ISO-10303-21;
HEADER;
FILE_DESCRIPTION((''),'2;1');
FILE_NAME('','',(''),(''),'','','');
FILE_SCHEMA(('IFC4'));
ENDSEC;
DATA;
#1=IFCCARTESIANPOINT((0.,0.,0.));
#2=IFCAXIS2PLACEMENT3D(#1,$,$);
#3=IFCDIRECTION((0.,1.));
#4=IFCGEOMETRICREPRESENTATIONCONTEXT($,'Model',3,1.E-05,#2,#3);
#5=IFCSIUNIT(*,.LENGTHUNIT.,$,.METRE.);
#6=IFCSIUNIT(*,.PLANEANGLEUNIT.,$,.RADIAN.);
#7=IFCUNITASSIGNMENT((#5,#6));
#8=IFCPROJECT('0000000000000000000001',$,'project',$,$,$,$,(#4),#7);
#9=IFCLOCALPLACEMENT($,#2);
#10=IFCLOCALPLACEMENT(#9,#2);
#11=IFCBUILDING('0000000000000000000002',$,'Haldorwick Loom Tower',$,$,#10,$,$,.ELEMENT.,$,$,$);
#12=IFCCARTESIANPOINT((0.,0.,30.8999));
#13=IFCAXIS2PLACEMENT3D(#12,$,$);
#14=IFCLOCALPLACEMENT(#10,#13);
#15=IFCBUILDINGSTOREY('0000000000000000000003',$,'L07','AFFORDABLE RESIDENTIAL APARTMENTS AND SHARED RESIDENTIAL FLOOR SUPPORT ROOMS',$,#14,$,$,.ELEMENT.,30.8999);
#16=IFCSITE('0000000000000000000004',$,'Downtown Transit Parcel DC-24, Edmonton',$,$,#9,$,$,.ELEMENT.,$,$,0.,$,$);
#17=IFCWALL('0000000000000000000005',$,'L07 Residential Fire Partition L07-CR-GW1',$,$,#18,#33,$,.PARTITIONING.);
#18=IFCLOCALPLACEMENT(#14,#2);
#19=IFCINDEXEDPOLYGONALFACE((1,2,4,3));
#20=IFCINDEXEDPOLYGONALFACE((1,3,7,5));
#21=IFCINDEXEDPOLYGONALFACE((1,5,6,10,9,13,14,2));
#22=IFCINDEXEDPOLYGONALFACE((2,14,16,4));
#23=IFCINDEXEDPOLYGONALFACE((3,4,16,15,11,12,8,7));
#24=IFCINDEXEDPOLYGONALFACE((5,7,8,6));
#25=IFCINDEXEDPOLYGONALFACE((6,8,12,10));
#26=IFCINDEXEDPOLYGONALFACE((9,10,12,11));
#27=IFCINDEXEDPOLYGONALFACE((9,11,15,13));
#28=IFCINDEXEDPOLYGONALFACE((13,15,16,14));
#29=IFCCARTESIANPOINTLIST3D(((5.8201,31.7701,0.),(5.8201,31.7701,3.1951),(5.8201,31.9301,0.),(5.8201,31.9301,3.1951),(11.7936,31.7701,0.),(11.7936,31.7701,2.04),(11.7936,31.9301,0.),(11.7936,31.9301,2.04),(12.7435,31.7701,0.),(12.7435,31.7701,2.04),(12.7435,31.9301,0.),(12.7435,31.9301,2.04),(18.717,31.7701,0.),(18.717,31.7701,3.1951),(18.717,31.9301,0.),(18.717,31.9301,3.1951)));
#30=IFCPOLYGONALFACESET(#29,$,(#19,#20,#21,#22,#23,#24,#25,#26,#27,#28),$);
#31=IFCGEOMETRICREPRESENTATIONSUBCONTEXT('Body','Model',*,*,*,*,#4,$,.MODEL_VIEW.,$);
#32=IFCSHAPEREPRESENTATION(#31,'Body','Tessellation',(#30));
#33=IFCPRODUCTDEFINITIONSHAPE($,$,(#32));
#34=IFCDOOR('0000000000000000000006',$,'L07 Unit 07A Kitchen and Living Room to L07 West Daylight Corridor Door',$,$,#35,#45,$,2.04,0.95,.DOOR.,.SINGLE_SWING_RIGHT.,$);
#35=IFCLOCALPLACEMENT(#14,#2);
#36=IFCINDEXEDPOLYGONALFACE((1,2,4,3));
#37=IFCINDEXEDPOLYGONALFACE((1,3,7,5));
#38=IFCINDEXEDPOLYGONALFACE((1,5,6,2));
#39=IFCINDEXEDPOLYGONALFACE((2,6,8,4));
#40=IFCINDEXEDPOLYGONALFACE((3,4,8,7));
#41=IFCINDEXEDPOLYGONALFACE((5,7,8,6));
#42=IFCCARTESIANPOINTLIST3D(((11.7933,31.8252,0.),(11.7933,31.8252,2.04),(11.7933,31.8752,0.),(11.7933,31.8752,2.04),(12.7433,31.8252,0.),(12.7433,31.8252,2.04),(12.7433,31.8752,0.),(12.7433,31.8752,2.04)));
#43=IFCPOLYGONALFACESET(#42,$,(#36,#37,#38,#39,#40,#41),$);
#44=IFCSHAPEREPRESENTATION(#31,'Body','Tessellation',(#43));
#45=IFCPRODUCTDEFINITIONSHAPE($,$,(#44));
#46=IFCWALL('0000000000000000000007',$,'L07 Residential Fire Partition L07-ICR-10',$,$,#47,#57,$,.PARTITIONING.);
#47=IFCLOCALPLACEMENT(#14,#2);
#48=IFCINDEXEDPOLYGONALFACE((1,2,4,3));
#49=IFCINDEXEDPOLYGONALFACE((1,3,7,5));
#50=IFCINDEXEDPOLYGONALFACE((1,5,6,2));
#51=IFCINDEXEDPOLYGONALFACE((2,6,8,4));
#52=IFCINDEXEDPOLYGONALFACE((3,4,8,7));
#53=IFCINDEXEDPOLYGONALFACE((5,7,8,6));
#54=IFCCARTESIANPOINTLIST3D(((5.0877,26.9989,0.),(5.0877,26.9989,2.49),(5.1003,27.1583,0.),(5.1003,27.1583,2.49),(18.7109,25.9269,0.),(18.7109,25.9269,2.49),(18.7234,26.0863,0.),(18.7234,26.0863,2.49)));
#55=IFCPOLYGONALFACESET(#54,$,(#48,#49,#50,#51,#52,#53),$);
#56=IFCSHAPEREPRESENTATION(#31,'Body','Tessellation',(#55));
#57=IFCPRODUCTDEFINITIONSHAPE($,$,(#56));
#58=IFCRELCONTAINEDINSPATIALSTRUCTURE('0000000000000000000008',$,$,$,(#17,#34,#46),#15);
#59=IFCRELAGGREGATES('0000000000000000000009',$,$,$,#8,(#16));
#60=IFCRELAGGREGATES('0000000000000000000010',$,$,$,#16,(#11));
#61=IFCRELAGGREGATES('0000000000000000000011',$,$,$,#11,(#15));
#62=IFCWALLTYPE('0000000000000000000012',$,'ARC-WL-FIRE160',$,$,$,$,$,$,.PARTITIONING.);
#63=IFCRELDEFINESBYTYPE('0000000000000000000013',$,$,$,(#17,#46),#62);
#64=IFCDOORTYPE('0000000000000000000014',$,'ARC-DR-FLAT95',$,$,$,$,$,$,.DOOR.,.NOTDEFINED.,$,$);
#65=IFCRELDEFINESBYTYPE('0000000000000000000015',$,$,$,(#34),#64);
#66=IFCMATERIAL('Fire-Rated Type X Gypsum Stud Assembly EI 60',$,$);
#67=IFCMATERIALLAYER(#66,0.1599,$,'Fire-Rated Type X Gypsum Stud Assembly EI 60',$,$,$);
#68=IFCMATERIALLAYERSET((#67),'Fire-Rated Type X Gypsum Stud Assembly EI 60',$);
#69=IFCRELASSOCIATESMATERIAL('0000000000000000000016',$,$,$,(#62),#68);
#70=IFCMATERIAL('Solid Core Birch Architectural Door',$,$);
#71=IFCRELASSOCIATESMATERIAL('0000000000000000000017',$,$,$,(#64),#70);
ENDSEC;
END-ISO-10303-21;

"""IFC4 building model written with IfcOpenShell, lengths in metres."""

from ifc_helpers import new_model, si_unit, direction, frame, frame_2d, origin, place, context, subcontext, project, spatial, rectangle, extrude, material, layer, layer_set, type_object, element, fill, save


model = new_model("IFC4")

# Units and contexts
model_context = context("Model", 3, precision=1e-05, world=origin(), true_north=direction((0.0, 1.0)))
body_context = subcontext(model_context, "Body", "Model", "MODEL_VIEW")
ifc_project = project(units=[si_unit("LENGTHUNIT", "METRE"), si_unit("PLANEANGLEUNIT", "RADIAN")], contexts=[model_context])

# Site, building, storey
site_placement = place(None, origin())
site = spatial("IfcSite", under=ifc_project, at=site_placement, Name="Downtown Transit Parcel DC-24, Edmonton", CompositionType="ELEMENT", RefElevation=0.0)
building_placement = place(site_placement, origin())
building = spatial("IfcBuilding", under=site, at=building_placement, Name="Haldorwick Loom Tower", CompositionType="ELEMENT")
storey_placement = place(building_placement, frame((0.0, 0.0, 30.8999)))
storey = spatial("IfcBuildingStorey", under=building, at=storey_placement, Name="L07", Description="AFFORDABLE RESIDENTIAL APARTMENTS AND SHARED RESIDENTIAL FLOOR SUPPORT ROOMS", CompositionType="ELEMENT", Elevation=30.8999)

# Shared definitions
ifc_material_1 = material(Name="Fire-Rated Type X Gypsum Stud Assembly EI 60")
ifc_layer_1 = layer(ifc_material_1, 0.1599, Name="Fire-Rated Type X Gypsum Stud Assembly EI 60")
ifc_layer_set_1 = layer_set([ifc_layer_1], Name="Fire-Rated Type X Gypsum Stud Assembly EI 60")
wall_type_1 = type_object("IfcWallType", Name="ARC-WL-FIRE160", PredefinedType="PARTITIONING", material=ifc_layer_set_1)
ifc_material_2 = material(Name="Solid Core Birch Architectural Door")
door_type_1 = type_object("IfcDoorType", Name="ARC-DR-FLAT95", OperationType="NOTDEFINED", PredefinedType="DOOR", material=ifc_material_2)

# Wall, opening, door
wall_1_placement = place(storey_placement, frame((5.8201, 31.8501, 0.0), z_axis=(0.0, 0.0, 1.0), x_axis=(1.0, 0.0, 0.0)))
wall_1 = element("IfcWall", 1, at=wall_1_placement, inside=storey, type_object=wall_type_1, Name="L07 Residential Fire Partition L07-CR-GW1", PredefinedType="PARTITIONING", context=body_context, shape_type="SweptSolid", body=[
    extrude(rectangle(XDim=12.897, YDim=0.1599, at=frame_2d((6.4485, 0.0))), origin(), (0.0, 0.0, 1.0), 3.1951),
])
opening_1_placement = place(wall_1_placement, frame((5.9734, 0.0, 0.0)))
opening_1 = element("IfcOpeningElement", 2, at=opening_1_placement, cuts=wall_1, PredefinedType="OPENING", context=body_context, shape_type="SweptSolid", body=[
    extrude(rectangle(XDim=0.95, YDim=2.04, at=frame_2d((0.4751, 1.02))), frame((0.0, 0.0898, 0.0), z_axis=(0.0, -1.0, 0.0), x_axis=(1.0, 0.0, 0.0)), (0.0, 0.0, 1.0), 0.1799),
])
door_1_placement = place(opening_1_placement, frame((0.95, 0.0, 0.0), z_axis=(0.0, 0.0, 1.0), x_axis=(-1.0, 0.0, 0.0)))
door_1 = element("IfcDoor", 3, at=door_1_placement, inside=storey, type_object=door_type_1, Name="L07 Unit 07A Kitchen and Living Room to L07 West Daylight Corridor Door", OperationType="SINGLE_SWING_RIGHT", OverallHeight=2.04, OverallWidth=0.95, PredefinedType="DOOR", context=body_context, shape_type="SweptSolid", body=[
    extrude(rectangle(XDim=0.95, YDim=2.04, at=frame_2d((0.4751, 1.02))), frame((0.0, 0.0249, 0.0), z_axis=(0.0, -1.0, 0.0), x_axis=(1.0, 0.0, 0.0)), (0.0, 0.0, 1.0), 0.05),
])
fill(opening_1, door_1)

# Wall
wall_2_placement = place(storey_placement, frame((18.717, 26.0066, 0.0), z_axis=(0.0, 0.0, 1.0), x_axis=(-0.996918, 0.078449, 0.0)))
element("IfcWall", 4, at=wall_2_placement, inside=storey, type_object=wall_type_1, Name="L07 Residential Fire Partition L07-ICR-10", PredefinedType="PARTITIONING", context=body_context, shape_type="SweptSolid", body=[
    extrude(rectangle(XDim=13.6653, YDim=0.1599, at=frame_2d((6.8325, 0.0))), origin(), (0.0, 0.0, 1.0), 2.49),
])

save(model, "model.ifc")
